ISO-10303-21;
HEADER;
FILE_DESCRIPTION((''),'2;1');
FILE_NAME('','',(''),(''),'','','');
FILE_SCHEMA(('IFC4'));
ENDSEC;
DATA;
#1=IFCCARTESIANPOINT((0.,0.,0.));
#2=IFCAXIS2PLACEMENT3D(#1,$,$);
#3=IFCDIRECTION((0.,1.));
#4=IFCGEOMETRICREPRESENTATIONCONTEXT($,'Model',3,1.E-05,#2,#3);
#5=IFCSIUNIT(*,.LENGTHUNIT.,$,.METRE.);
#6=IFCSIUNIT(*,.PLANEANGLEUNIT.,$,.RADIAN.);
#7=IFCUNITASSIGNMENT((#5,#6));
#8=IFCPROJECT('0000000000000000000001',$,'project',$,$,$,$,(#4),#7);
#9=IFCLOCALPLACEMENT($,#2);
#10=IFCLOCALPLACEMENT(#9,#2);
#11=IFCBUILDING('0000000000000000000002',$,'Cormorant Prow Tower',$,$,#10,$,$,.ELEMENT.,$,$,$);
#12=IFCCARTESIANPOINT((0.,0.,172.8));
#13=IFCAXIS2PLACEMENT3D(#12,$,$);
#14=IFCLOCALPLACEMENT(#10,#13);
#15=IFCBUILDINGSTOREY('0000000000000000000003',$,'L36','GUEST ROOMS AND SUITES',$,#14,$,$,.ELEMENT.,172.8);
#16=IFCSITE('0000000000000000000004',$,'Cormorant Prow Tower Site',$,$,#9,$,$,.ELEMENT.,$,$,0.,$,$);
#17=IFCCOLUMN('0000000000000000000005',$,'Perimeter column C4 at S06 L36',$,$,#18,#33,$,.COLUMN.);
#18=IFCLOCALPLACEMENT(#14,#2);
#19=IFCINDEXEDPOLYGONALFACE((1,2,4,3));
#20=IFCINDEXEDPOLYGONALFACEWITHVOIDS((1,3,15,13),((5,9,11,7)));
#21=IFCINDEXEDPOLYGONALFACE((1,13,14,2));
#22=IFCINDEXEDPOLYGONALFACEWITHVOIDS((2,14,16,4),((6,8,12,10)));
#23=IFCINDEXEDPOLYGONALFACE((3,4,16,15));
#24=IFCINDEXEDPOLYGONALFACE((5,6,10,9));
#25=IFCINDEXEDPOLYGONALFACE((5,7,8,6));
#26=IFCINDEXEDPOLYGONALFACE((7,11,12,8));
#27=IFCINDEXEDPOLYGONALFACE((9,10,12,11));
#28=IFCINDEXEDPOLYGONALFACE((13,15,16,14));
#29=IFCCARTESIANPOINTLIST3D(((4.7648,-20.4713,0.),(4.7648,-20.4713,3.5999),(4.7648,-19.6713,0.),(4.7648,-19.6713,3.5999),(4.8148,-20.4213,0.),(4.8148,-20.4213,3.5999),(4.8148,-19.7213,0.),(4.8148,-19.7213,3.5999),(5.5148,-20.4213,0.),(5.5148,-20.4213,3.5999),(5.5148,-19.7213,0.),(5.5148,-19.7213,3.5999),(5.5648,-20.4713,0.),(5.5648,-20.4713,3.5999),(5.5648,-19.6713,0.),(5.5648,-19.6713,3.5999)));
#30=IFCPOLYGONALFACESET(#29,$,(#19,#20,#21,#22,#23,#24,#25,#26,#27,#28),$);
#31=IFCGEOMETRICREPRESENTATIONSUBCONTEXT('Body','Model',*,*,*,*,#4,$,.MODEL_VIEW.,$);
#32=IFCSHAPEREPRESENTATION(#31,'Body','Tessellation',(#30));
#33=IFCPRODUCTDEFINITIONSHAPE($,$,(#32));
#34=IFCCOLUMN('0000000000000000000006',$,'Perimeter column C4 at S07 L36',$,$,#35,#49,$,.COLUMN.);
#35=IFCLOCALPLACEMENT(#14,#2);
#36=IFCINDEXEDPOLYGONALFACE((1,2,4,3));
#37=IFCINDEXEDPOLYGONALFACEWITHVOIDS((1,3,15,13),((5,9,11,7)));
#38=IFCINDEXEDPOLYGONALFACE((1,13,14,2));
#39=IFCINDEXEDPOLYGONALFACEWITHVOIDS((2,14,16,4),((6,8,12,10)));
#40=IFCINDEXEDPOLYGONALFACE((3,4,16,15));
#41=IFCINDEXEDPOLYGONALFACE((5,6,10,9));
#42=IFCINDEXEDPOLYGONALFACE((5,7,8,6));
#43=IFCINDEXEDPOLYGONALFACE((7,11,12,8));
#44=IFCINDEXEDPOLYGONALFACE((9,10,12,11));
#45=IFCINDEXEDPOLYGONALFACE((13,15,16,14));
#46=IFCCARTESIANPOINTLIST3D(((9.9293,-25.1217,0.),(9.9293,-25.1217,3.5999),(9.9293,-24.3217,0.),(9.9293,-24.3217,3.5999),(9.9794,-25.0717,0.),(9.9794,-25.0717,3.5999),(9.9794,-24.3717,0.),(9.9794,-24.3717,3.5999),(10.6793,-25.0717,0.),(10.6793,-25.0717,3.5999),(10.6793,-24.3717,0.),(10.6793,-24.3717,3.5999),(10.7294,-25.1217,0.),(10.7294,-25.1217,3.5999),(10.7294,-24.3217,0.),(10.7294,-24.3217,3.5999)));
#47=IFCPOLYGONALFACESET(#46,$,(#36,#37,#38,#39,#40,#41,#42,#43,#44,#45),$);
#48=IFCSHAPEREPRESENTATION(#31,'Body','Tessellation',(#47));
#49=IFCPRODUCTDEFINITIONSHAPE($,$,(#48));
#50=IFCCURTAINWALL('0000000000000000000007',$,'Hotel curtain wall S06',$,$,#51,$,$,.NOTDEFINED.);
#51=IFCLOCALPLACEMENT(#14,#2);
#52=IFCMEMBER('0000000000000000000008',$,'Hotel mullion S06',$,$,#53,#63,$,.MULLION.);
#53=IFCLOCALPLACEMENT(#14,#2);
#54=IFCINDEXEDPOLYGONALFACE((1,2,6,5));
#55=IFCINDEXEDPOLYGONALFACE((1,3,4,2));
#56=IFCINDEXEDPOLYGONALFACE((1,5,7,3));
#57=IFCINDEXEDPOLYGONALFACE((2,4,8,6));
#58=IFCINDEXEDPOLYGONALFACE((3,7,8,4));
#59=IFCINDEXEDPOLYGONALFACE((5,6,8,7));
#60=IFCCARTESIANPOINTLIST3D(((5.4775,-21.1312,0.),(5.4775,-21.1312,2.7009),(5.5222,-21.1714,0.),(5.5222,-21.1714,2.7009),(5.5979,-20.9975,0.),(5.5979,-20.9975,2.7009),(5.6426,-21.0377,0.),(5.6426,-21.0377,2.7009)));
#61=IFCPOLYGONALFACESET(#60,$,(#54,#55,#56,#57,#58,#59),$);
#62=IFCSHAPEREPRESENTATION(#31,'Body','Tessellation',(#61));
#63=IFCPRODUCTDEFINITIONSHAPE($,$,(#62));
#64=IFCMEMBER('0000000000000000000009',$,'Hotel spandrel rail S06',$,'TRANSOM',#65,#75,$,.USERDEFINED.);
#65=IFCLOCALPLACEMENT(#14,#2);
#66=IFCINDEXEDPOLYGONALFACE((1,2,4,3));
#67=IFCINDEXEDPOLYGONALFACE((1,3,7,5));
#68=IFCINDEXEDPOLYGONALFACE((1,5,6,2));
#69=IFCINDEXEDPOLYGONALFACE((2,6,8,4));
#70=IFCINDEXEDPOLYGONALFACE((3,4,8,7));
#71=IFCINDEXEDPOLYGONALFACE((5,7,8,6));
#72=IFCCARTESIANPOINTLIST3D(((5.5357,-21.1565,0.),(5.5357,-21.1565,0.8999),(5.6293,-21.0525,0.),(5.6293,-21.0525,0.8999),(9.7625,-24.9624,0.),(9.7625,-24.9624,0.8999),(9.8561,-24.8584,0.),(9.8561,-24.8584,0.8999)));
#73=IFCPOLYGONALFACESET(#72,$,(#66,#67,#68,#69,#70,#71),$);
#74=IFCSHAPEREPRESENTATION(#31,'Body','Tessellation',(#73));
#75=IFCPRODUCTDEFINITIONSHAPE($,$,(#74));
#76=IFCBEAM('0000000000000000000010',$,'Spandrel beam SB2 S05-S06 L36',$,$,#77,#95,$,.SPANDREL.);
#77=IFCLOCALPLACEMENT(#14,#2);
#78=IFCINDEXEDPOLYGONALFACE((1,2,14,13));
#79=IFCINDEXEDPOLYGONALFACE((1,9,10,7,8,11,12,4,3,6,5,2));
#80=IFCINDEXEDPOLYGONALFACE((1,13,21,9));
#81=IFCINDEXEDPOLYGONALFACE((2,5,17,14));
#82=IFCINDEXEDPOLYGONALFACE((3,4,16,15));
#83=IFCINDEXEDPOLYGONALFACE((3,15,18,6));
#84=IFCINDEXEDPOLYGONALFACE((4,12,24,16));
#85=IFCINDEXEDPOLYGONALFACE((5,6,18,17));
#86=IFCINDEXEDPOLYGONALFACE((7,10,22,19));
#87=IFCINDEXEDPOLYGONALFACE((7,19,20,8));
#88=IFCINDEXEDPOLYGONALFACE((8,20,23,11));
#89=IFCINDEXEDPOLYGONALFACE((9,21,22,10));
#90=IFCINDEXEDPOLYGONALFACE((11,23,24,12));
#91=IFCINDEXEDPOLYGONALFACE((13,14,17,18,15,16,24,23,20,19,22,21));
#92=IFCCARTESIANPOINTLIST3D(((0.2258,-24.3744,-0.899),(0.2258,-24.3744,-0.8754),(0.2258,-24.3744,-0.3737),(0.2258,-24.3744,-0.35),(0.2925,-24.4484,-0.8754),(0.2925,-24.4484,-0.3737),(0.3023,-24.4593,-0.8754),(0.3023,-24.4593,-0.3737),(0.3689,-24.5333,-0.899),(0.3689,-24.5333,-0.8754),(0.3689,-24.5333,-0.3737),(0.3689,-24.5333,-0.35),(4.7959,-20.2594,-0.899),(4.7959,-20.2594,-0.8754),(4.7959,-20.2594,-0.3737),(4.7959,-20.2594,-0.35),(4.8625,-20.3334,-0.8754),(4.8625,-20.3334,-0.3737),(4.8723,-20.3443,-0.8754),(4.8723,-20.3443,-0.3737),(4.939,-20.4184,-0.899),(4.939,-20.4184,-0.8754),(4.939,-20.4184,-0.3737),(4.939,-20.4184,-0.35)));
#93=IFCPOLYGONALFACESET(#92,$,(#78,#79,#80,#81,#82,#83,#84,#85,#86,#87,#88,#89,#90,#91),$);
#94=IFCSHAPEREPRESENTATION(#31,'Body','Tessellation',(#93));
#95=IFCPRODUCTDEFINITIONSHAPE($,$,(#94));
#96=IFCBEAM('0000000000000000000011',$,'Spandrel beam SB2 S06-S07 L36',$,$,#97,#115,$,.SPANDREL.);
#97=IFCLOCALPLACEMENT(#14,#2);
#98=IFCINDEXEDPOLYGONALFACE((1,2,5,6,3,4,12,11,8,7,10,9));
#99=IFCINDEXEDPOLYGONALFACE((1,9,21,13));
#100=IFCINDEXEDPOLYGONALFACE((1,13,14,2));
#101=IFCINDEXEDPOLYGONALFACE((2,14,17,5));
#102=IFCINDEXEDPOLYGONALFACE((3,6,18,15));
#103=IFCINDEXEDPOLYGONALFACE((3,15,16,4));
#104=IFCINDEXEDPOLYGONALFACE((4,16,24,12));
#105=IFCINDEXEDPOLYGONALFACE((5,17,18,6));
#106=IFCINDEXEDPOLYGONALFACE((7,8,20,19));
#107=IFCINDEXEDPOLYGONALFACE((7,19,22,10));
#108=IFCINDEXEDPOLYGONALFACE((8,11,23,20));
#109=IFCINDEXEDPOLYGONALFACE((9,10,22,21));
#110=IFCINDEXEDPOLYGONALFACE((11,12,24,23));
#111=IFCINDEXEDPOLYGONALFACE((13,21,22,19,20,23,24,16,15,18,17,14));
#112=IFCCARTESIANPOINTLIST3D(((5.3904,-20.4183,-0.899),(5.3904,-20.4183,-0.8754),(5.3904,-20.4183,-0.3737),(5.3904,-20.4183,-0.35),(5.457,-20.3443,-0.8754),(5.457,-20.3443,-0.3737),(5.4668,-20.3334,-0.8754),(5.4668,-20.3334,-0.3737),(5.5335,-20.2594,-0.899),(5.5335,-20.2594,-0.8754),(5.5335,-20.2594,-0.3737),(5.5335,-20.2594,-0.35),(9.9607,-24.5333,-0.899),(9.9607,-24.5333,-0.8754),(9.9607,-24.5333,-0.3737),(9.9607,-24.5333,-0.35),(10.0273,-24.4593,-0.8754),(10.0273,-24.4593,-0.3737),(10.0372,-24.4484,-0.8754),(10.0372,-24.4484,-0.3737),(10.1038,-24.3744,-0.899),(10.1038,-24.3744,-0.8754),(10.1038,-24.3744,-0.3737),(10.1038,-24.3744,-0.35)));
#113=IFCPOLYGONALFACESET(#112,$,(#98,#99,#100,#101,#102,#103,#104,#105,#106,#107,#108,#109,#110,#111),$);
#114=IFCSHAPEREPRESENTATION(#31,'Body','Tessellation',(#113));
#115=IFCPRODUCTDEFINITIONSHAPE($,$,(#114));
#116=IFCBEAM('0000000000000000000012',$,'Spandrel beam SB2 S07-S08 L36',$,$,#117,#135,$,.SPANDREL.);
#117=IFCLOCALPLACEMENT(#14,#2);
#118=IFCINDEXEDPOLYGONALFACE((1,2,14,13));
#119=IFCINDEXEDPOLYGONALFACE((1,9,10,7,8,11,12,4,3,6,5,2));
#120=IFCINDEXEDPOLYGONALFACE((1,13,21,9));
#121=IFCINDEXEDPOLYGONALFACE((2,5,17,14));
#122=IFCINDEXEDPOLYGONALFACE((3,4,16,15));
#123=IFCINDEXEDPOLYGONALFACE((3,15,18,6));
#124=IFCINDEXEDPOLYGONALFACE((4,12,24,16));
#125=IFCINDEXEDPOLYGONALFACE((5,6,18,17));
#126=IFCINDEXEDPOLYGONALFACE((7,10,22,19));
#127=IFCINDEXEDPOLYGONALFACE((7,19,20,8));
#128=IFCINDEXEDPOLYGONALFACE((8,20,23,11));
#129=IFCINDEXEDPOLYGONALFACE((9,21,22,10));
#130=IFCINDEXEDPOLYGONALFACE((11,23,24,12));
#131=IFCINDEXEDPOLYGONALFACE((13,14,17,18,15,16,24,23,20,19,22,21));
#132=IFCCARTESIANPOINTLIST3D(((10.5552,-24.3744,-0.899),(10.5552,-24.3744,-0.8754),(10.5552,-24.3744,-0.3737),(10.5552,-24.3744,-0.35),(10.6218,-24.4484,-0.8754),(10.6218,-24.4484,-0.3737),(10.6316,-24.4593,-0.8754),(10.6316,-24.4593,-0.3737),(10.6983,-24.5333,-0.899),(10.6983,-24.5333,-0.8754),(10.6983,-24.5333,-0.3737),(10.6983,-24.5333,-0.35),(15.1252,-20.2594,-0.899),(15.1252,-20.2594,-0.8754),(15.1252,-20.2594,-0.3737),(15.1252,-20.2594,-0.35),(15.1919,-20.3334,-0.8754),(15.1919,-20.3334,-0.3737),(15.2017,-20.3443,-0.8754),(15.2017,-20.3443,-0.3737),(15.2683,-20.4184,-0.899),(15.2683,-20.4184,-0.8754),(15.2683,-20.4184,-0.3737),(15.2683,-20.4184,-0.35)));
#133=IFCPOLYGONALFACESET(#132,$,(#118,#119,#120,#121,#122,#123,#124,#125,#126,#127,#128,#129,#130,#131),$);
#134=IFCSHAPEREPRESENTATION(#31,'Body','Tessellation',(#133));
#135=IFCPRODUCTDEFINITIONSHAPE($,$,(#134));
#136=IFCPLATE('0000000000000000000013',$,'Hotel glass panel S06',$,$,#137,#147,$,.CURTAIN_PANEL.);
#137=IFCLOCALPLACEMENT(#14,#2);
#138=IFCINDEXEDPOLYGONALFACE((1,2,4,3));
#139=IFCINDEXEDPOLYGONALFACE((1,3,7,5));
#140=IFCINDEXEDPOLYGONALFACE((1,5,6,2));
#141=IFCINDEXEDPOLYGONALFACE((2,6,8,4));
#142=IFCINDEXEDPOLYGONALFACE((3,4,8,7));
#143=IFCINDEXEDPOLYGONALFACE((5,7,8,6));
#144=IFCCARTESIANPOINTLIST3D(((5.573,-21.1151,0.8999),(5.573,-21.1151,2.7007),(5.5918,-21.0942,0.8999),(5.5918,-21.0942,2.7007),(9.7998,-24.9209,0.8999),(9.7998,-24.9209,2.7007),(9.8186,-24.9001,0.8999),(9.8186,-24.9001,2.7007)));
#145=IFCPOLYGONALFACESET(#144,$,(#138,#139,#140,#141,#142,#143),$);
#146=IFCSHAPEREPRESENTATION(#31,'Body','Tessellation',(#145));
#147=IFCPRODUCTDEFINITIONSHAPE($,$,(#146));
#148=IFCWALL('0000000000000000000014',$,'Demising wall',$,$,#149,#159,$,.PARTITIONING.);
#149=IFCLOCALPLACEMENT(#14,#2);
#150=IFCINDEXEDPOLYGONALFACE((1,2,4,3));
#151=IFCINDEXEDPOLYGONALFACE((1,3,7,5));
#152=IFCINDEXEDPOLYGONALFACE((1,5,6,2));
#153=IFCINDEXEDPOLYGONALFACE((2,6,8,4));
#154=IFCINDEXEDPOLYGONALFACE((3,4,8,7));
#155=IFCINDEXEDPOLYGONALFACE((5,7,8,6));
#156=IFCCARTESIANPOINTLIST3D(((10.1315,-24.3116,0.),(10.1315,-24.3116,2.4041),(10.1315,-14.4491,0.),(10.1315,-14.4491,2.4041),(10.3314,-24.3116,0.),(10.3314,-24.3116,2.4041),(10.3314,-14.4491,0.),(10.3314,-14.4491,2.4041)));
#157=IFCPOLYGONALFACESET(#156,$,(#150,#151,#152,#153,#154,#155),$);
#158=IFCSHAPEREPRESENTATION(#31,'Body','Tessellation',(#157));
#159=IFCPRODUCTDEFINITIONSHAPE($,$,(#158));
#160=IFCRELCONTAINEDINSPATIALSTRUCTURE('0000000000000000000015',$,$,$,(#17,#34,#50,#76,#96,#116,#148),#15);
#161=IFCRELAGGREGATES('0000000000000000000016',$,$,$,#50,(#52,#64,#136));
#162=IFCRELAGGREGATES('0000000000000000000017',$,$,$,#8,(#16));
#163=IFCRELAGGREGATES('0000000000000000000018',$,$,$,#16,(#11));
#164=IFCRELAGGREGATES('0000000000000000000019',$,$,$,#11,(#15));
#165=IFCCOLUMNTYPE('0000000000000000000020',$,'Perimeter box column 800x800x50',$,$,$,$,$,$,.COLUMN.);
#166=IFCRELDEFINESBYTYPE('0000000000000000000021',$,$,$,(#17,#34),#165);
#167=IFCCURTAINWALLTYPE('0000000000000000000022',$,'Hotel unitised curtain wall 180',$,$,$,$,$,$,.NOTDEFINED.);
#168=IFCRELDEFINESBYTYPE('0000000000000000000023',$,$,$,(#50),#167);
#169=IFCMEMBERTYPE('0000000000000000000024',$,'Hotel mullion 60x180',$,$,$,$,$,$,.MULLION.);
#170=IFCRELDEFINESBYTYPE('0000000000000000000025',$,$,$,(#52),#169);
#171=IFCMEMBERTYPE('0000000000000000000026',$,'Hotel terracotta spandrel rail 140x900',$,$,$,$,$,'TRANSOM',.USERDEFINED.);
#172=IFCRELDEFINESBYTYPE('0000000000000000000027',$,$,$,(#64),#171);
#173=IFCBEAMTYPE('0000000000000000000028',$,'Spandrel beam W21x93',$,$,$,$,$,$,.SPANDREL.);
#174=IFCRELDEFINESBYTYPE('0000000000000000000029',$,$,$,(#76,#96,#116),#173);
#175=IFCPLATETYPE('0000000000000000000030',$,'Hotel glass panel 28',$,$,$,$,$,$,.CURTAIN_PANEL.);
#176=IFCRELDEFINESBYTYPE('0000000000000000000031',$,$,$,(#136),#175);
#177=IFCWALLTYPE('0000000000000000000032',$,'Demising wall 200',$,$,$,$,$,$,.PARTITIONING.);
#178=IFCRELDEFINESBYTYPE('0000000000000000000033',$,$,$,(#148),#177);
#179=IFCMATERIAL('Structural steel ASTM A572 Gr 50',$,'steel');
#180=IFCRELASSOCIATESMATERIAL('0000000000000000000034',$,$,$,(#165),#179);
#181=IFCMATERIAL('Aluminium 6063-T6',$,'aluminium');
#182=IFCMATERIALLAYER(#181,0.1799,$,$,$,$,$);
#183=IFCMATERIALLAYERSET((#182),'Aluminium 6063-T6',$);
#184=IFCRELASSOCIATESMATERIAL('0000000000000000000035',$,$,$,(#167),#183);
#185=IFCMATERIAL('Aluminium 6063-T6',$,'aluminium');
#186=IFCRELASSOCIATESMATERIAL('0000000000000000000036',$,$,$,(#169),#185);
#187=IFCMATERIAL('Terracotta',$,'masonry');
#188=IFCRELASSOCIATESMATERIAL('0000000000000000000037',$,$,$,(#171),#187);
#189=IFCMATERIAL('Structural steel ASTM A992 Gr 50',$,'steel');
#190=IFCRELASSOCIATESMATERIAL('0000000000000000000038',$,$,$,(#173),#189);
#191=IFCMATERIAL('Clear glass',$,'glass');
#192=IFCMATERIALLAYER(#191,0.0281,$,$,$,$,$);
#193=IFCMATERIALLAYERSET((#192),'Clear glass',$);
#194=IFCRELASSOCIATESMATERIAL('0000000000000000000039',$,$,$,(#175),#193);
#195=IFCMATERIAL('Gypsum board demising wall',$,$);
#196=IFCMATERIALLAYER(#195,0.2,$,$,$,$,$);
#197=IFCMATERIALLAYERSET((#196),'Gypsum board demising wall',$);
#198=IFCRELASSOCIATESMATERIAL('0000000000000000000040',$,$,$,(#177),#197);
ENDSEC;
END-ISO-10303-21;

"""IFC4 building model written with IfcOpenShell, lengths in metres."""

from ifc_helpers import new_model, si_unit, direction, frame, frame_2d, origin, origin_2d, place, context, subcontext, project, spatial, rectangle, hollow_rectangle, i_section, extrude, material, layer, layer_set, material_profile, profile_set, type_object, element, aggregate, save


model = new_model("IFC4")

# Units and contexts
model_context = context("Model", 3, precision=1e-05, world=origin(), true_north=direction((0.0, 1.0)))
body_context = subcontext(model_context, "Body", "Model", "MODEL_VIEW")
ifc_project = project(units=[si_unit("LENGTHUNIT", "METRE"), si_unit("PLANEANGLEUNIT", "RADIAN")], contexts=[model_context])

# Site, building, storey
site_placement = place(None, origin())
site = spatial("IfcSite", under=ifc_project, at=site_placement, Name="Cormorant Prow Tower Site", CompositionType="ELEMENT", RefElevation=0.0)
building_placement = place(site_placement, origin())
building = spatial("IfcBuilding", under=site, at=building_placement, Name="Cormorant Prow Tower", CompositionType="ELEMENT")
storey_placement = place(building_placement, frame((0.0, 0.0, 172.8)))
storey = spatial("IfcBuildingStorey", under=building, at=storey_placement, Name="L36", Description="GUEST ROOMS AND SUITES", CompositionType="ELEMENT", Elevation=172.8)

# Columns
ifc_material_1 = material(Name="Structural steel ASTM A572 Gr 50", Category="steel")
ifc_material_profile_1 = material_profile(ifc_material_1, hollow_rectangle(XDim=0.8, YDim=0.8, WallThickness=0.05, at=origin_2d()), Name="Box 800x800x50")
ifc_profile_set_1 = profile_set([ifc_material_profile_1], Name="Structural steel ASTM A572 Gr 50")
column_type = type_object("IfcColumnType", Name="Perimeter box column 800x800x50", PredefinedType="COLUMN", material=ifc_profile_set_1)
for number, where, z_axis, x_axis, name in (
    (1, (5.1648, -20.0713, 0.0), (0.0, 0.0, 1.0), (1.0, 0.0, 0.0), "Perimeter column C4 at S06 L36"),
    (2, (10.3293, -24.7217, 0.0), (0.0, 0.0, 1.0), (1.0, 0.0, 0.0), "Perimeter column C4 at S07 L36"),
):
    element("IfcColumn", number, at=place(storey_placement, frame(where, z_axis=z_axis, x_axis=x_axis)), inside=storey, type_object=column_type, Name=name, PredefinedType="COLUMN", context=body_context, shape_type="SweptSolid", body=[
        extrude(hollow_rectangle(XDim=0.8, YDim=0.8, WallThickness=0.05, at=origin_2d()), origin(), (0.0, 0.0, 1.0), 3.5999),
    ])

# Curtain wall, members
ifc_material_2 = material(Name="Aluminium 6063-T6", Category="aluminium")
ifc_layer_1 = layer(ifc_material_2, 0.1799)
ifc_layer_set_1 = layer_set([ifc_layer_1], Name="Aluminium 6063-T6")
curtain_wall_type = type_object("IfcCurtainWallType", Name="Hotel unitised curtain wall 180", PredefinedType="NOTDEFINED", material=ifc_layer_set_1)
curtain_wall_placement = place(storey_placement, origin())
curtain_wall = element("IfcCurtainWall", 3, at=curtain_wall_placement, inside=storey, type_object=curtain_wall_type, Name="Hotel curtain wall S06", PredefinedType="NOTDEFINED")
ifc_material_3 = material(Name="Aluminium 6063-T6", Category="aluminium")
ifc_material_profile_2 = material_profile(ifc_material_3, rectangle(XDim=0.1799, YDim=0.0601, at=origin_2d()), Name="Hotel mullion 60x180")
ifc_profile_set_2 = profile_set([ifc_material_profile_2], Name="Aluminium 6063-T6")
member_type_1 = type_object("IfcMemberType", Name="Hotel mullion 60x180", PredefinedType="MULLION", material=ifc_profile_set_2)
member_1_placement = place(storey_placement, frame((5.5601, -21.0845, 0.0), z_axis=(0.0, 0.0, 1.0), x_axis=(0.66913, 0.743145, 0.0)))
member_1 = element("IfcMember", 4, at=member_1_placement, type_object=member_type_1, Name="Hotel mullion S06", PredefinedType="MULLION", context=body_context, shape_type="SweptSolid", body=[
    extrude(rectangle(XDim=0.1799, YDim=0.0601, at=origin_2d()), origin(), (0.0, 0.0, 1.0), 2.7009),
])
ifc_material_4 = material(Name="Terracotta", Category="masonry")
ifc_material_profile_3 = material_profile(ifc_material_4, rectangle(XDim=0.1399, YDim=0.8999, at=origin_2d()), Name="Hotel terracotta spandrel rail 140x900")
ifc_profile_set_3 = profile_set([ifc_material_profile_3], Name="Terracotta")
member_type_2 = type_object("IfcMemberType", Name="Hotel terracotta spandrel rail 140x900", ElementType="TRANSOM", PredefinedType="USERDEFINED", material=ifc_profile_set_3)
member_2_placement = place(storey_placement, frame((5.5825, -21.1045, 0.45), z_axis=(0.743138, -0.669138, 0.0), x_axis=(0.669138, 0.743138, 0.0)))
member_2 = element("IfcMember", 5, at=member_2_placement, type_object=member_type_2, Name="Hotel spandrel rail S06", ObjectType="TRANSOM", PredefinedType="USERDEFINED", context=body_context, shape_type="SweptSolid", body=[
    extrude(rectangle(XDim=0.1399, YDim=0.8999, at=origin_2d()), origin(), (0.0, 0.0, 1.0), 5.6877),
])

# Beams
ifc_material_5 = material(Name="Structural steel ASTM A992 Gr 50", Category="steel")
ifc_material_profile_4 = material_profile(ifc_material_5, i_section(OverallWidth=0.2139, OverallDepth=0.5491, WebThickness=0.0146, FlangeThickness=0.0237, at=origin_2d()), Name="W21x93")
ifc_profile_set_4 = profile_set([ifc_material_profile_4], Name="Structural steel ASTM A992 Gr 50")
beam_type = type_object("IfcBeamType", Name="Spandrel beam W21x93", PredefinedType="SPANDREL", material=ifc_profile_set_4)
beam_1_placement = place(storey_placement, frame((0.2974, -24.4539, -0.6245), z_axis=(0.743138, 0.669138, 0.0), x_axis=(-0.669138, 0.743138, 0.0)))
element("IfcBeam", 6, at=beam_1_placement, inside=storey, type_object=beam_type, Name="Spandrel beam SB2 S05-S06 L36", PredefinedType="SPANDREL", context=body_context, shape_type="SweptSolid", body=[
    extrude(i_section(OverallWidth=0.2139, OverallDepth=0.5491, WebThickness=0.0146, FlangeThickness=0.0237, at=origin_2d()), origin(), (0.0, 0.0, 1.0), 6.1497),
])
beam_2_placement = place(storey_placement, frame((5.4619, -20.3389, -0.6245), z_axis=(0.743156, -0.669118, 0.0), x_axis=(0.669118, 0.743156, 0.0)))
element("IfcBeam", 7, at=beam_2_placement, inside=storey, type_object=beam_type, Name="Spandrel beam SB2 S06-S07 L36", PredefinedType="SPANDREL", context=body_context, shape_type="SweptSolid", body=[
    extrude(i_section(OverallWidth=0.2139, OverallDepth=0.5491, WebThickness=0.0146, FlangeThickness=0.0237, at=origin_2d()), origin(), (0.0, 0.0, 1.0), 6.1499),
])
beam_3_placement = place(storey_placement, frame((10.6267, -24.4539, -0.6245), z_axis=(0.743138, 0.669138, 0.0), x_axis=(-0.669138, 0.743138, 0.0)))
element("IfcBeam", 8, at=beam_3_placement, inside=storey, type_object=beam_type, Name="Spandrel beam SB2 S07-S08 L36", PredefinedType="SPANDREL", context=body_context, shape_type="SweptSolid", body=[
    extrude(i_section(OverallWidth=0.2139, OverallDepth=0.5491, WebThickness=0.0146, FlangeThickness=0.0237, at=origin_2d()), origin(), (0.0, 0.0, 1.0), 6.1497),
])

# Plate
ifc_material_6 = material(Name="Clear glass", Category="glass")
ifc_layer_2 = layer(ifc_material_6, 0.0281)
ifc_layer_set_2 = layer_set([ifc_layer_2], Name="Clear glass")
plate_type = type_object("IfcPlateType", Name="Hotel glass panel 28", PredefinedType="CURTAIN_PANEL", material=ifc_layer_set_2)
plate_placement = place(storey_placement, frame((7.6958, -23.0076, 0.8999), z_axis=(0.0, 0.0, 1.0), x_axis=(0.743145, -0.66913, 0.0)))
plate = element("IfcPlate", 9, at=plate_placement, type_object=plate_type, Name="Hotel glass panel S06", PredefinedType="CURTAIN_PANEL", context=body_context, shape_type="SweptSolid", body=[
    extrude(rectangle(XDim=5.6877, YDim=0.0281, at=origin_2d()), origin(), (0.0, 0.0, 1.0), 1.8008),
])
aggregate(curtain_wall, [member_1, member_2, plate])

# Wall
ifc_material_7 = material(Name="Gypsum board demising wall")
ifc_layer_3 = layer(ifc_material_7, 0.2)
ifc_layer_set_3 = layer_set([ifc_layer_3], Name="Gypsum board demising wall")
wall_type_1 = type_object("IfcWallType", Name="Demising wall 200", PredefinedType="PARTITIONING", material=ifc_layer_set_3)
wall_1_placement = place(storey_placement, frame((10.2314, -24.3115, 0.0), z_axis=(0.0, 0.0, 1.0), x_axis=(0.0, 1.0, 0.0)))
element("IfcWall", 10, at=wall_1_placement, inside=storey, type_object=wall_type_1, Name="Demising wall", PredefinedType="PARTITIONING", context=body_context, shape_type="SweptSolid", body=[
    extrude(rectangle(XDim=9.8625, YDim=0.2, at=frame_2d((4.9312, 0.0))), origin(), (0.0, 0.0, 1.0), 2.4041),
])

save(model, "model.ifc")
